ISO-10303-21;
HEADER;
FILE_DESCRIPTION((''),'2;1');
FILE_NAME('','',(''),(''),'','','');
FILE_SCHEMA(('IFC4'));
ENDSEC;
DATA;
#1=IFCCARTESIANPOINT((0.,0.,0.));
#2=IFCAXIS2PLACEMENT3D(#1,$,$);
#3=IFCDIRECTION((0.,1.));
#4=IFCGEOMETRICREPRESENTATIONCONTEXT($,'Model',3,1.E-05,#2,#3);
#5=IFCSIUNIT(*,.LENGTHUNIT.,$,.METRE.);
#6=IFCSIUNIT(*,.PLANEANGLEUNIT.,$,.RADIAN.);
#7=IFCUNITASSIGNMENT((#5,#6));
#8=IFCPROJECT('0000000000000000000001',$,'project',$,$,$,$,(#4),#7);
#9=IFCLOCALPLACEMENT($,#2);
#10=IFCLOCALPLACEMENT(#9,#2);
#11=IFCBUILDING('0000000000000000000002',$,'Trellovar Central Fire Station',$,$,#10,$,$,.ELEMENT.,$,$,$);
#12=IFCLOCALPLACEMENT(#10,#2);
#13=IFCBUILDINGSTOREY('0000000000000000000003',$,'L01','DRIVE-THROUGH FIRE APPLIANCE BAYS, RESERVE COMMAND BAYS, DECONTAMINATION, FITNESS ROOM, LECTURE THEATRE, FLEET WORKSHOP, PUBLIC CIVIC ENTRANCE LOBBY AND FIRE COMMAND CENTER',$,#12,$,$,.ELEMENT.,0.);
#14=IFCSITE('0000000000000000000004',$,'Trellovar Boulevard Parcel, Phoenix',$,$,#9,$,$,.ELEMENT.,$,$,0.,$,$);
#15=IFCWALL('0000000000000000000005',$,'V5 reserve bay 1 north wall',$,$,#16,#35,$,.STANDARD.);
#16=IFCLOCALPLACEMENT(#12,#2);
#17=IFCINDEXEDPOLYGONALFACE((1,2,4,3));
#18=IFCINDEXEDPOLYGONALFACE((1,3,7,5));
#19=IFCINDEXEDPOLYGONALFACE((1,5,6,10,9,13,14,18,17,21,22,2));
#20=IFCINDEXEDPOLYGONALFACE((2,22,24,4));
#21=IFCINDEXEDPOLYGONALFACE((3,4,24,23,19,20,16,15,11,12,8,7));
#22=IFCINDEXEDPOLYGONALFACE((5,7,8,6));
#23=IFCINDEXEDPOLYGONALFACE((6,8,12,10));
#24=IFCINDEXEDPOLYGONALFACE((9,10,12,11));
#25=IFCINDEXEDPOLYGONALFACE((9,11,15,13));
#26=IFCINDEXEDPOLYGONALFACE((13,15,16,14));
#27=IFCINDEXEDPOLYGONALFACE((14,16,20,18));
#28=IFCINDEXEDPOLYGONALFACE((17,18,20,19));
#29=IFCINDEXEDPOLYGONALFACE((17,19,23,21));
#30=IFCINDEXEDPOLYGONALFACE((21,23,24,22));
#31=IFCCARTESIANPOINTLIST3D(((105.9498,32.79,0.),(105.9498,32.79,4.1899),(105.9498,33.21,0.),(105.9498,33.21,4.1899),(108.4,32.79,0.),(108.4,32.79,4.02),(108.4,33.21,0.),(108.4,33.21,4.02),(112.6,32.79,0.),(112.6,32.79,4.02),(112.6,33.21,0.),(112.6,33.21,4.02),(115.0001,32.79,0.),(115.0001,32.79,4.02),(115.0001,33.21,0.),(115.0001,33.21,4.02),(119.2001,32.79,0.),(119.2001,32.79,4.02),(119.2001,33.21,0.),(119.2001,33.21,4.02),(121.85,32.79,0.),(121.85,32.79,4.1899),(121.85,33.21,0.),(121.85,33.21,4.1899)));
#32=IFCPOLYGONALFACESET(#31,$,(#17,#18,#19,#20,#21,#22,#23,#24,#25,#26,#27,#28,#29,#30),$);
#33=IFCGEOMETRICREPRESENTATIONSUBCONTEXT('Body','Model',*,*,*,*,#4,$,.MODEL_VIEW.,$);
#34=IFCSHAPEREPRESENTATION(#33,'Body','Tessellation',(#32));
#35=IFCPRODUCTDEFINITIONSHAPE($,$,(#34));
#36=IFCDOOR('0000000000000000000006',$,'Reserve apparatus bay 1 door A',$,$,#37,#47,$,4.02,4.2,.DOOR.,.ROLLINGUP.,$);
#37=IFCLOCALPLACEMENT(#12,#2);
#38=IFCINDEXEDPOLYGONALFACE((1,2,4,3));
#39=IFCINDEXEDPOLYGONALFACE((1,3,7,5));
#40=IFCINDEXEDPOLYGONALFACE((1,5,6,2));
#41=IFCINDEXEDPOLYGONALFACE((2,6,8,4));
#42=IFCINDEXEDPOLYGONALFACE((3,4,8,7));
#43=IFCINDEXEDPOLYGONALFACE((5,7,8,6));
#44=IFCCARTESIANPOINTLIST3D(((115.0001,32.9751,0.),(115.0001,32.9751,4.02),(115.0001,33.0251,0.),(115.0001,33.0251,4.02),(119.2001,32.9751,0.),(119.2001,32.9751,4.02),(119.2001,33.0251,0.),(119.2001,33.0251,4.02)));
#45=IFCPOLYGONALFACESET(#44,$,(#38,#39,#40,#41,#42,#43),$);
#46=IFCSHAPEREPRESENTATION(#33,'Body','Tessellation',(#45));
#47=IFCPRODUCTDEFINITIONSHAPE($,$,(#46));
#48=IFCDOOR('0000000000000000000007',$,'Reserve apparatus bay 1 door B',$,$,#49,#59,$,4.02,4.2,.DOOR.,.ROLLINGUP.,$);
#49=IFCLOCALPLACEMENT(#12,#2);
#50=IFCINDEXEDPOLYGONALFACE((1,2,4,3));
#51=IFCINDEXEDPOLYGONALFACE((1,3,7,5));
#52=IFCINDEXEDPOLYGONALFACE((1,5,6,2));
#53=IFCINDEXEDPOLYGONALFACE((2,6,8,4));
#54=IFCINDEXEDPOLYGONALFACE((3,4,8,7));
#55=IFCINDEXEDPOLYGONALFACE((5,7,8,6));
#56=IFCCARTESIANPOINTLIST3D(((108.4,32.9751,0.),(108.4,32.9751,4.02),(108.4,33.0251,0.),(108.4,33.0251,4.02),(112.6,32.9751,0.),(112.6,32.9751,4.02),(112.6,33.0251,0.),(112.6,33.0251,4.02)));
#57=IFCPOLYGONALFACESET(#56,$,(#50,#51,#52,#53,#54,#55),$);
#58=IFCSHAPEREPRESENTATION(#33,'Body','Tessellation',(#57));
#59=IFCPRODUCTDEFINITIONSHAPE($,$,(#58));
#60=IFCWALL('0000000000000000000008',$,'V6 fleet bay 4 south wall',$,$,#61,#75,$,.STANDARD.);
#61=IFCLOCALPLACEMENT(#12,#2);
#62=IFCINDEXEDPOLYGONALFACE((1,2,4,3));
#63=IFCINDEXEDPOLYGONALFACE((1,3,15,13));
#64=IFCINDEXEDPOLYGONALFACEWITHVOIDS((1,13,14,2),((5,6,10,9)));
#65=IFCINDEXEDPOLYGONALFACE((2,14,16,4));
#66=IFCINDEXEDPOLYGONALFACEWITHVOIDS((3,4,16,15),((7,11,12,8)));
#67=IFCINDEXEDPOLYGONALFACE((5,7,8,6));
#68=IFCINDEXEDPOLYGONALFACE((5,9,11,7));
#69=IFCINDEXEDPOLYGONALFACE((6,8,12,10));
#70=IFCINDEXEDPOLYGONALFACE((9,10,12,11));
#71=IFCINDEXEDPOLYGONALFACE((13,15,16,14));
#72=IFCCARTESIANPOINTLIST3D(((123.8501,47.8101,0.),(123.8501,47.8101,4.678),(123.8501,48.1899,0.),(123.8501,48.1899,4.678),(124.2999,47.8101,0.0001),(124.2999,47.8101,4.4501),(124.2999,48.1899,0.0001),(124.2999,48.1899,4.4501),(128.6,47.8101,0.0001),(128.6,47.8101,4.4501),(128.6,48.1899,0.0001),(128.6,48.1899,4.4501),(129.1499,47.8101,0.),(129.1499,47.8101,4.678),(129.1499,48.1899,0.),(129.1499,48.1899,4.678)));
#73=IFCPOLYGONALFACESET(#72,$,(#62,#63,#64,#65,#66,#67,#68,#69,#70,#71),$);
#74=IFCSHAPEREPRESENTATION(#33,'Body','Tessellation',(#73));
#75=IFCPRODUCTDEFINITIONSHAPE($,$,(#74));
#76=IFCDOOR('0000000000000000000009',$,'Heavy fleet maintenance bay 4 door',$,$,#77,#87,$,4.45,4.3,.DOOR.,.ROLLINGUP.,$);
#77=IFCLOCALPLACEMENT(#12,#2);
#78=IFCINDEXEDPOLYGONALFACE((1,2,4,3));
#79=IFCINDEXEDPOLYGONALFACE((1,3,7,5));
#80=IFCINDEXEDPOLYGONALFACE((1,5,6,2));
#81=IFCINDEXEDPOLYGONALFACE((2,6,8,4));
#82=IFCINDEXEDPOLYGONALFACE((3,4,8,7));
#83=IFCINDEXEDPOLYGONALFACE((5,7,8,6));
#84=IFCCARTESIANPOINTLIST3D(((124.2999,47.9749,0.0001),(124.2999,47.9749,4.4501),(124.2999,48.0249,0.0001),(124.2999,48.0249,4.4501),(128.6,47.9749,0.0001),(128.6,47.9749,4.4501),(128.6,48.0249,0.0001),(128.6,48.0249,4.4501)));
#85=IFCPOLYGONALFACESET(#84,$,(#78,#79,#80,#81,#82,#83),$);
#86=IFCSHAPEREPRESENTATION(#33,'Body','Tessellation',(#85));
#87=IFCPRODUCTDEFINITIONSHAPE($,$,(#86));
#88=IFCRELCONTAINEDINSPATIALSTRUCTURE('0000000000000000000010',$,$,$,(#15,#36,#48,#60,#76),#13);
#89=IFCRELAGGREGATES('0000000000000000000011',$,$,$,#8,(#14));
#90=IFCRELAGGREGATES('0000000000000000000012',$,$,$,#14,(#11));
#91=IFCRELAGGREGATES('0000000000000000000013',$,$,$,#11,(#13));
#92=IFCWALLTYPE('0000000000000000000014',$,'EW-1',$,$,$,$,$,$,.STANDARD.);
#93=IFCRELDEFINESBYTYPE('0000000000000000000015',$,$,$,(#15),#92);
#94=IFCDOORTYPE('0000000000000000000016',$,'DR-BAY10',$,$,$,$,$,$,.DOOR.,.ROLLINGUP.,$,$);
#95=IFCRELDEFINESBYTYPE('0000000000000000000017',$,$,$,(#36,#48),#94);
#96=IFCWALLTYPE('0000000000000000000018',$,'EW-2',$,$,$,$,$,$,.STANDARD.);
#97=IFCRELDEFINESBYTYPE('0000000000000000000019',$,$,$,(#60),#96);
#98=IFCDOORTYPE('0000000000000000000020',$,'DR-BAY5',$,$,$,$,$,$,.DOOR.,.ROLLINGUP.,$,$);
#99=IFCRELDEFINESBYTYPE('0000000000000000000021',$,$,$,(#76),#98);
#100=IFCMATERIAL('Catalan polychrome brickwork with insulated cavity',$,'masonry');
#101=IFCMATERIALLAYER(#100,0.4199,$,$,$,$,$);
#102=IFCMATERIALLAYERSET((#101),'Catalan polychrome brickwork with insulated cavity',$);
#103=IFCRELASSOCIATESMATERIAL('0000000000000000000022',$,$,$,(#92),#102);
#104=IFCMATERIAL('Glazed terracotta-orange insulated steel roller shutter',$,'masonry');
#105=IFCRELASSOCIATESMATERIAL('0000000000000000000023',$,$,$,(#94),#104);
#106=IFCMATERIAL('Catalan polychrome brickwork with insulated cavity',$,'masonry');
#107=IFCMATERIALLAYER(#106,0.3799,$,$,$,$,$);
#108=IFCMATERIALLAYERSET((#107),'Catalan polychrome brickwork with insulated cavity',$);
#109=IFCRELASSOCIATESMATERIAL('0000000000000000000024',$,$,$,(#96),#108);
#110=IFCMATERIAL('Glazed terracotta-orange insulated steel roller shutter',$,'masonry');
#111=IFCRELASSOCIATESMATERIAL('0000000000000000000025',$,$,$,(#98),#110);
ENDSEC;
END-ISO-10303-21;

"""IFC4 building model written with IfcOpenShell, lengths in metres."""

from ifc_helpers import new_model, si_unit, direction, frame, frame_2d, origin, place, context, subcontext, project, spatial, rectangle, extrude, material, layer, layer_set, type_object, element, fill, save


model = new_model("IFC4")

# Units and contexts
model_context = context("Model", 3, precision=1e-05, world=origin(), true_north=direction((0.0, 1.0)))
body_context = subcontext(model_context, "Body", "Model", "MODEL_VIEW")
ifc_project = project(units=[si_unit("LENGTHUNIT", "METRE"), si_unit("PLANEANGLEUNIT", "RADIAN")], contexts=[model_context])

# Site, building, storey
site_placement = place(None, origin())
site = spatial("IfcSite", under=ifc_project, at=site_placement, Name="Trellovar Boulevard Parcel, Phoenix", CompositionType="ELEMENT", RefElevation=0.0)
building_placement = place(site_placement, origin())
building = spatial("IfcBuilding", under=site, at=building_placement, Name="Trellovar Central Fire Station", CompositionType="ELEMENT")
storey_placement = place(building_placement, origin())
storey = spatial("IfcBuildingStorey", under=building, at=storey_placement, Name="L01", Description="DRIVE-THROUGH FIRE APPLIANCE BAYS, RESERVE COMMAND BAYS, DECONTAMINATION, FITNESS ROOM, LECTURE THEATRE, FLEET WORKSHOP, PUBLIC CIVIC ENTRANCE LOBBY AND FIRE COMMAND CENTER", CompositionType="ELEMENT", Elevation=0.0)

# Wall, openings, doors
ifc_material_1 = material(Name="Catalan polychrome brickwork with insulated cavity", Category="masonry")
ifc_layer_1 = layer(ifc_material_1, 0.4199)
ifc_layer_set_1 = layer_set([ifc_layer_1], Name="Catalan polychrome brickwork with insulated cavity")
wall_type_1 = type_object("IfcWallType", Name="EW-1", PredefinedType="STANDARD", material=ifc_layer_set_1)
wall_1_placement = place(storey_placement, frame((121.8501, 33.0, 0.0), z_axis=(0.0, 0.0, 1.0), x_axis=(-1.0, 0.0, 0.0)))
wall_1 = element("IfcWall", 1, at=wall_1_placement, inside=storey, type_object=wall_type_1, Name="V5 reserve bay 1 north wall", PredefinedType="STANDARD", context=body_context, shape_type="SweptSolid", body=[
    extrude(rectangle(XDim=15.9001, YDim=0.4199, at=frame_2d((7.9502, 0.0))), origin(), (0.0, 0.0, 1.0), 4.1899),
])
opening_1_placement = place(wall_1_placement, frame((2.6499, 0.0, 0.0)))
opening_1 = element("IfcOpeningElement", 2, at=opening_1_placement, cuts=wall_1, PredefinedType="OPENING", context=body_context, shape_type="SweptSolid", body=[
    extrude(rectangle(XDim=4.2, YDim=4.02, at=frame_2d((2.1001, 2.01))), frame((0.0, 0.22, 0.0), z_axis=(0.0, -1.0, 0.0), x_axis=(1.0, 0.0, 0.0)), (0.0, 0.0, 1.0), 0.4399),
])
opening_2_placement = place(wall_1_placement, frame((9.25, 0.0, 0.0)))
opening_2 = element("IfcOpeningElement", 3, at=opening_2_placement, cuts=wall_1, PredefinedType="OPENING", context=body_context, shape_type="SweptSolid", body=[
    extrude(rectangle(XDim=4.2, YDim=4.02, at=frame_2d((2.1001, 2.01))), frame((0.0, 0.22, 0.0), z_axis=(0.0, -1.0, 0.0), x_axis=(1.0, 0.0, 0.0)), (0.0, 0.0, 1.0), 0.4399),
])
ifc_material_2 = material(Name="Glazed terracotta-orange insulated steel roller shutter", Category="masonry")
door_type_1 = type_object("IfcDoorType", Name="DR-BAY10", OperationType="ROLLINGUP", PredefinedType="DOOR", material=ifc_material_2)
door_1_placement = place(opening_1_placement, origin())
door_1 = element("IfcDoor", 4, at=door_1_placement, inside=storey, type_object=door_type_1, Name="Reserve apparatus bay 1 door A", OperationType="ROLLINGUP", OverallHeight=4.02, OverallWidth=4.2, PredefinedType="DOOR", context=body_context, shape_type="SweptSolid", body=[
    extrude(rectangle(XDim=4.2, YDim=4.02, at=frame_2d((2.1001, 2.01))), frame((0.0, 0.0249, 0.0), z_axis=(0.0, -1.0, 0.0), x_axis=(1.0, 0.0, 0.0)), (0.0, 0.0, 1.0), 0.05),
])
fill(opening_1, door_1)
door_2_placement = place(opening_2_placement, origin())
door_2 = element("IfcDoor", 5, at=door_2_placement, inside=storey, type_object=door_type_1, Name="Reserve apparatus bay 1 door B", OperationType="ROLLINGUP", OverallHeight=4.02, OverallWidth=4.2, PredefinedType="DOOR", context=body_context, shape_type="SweptSolid", body=[
    extrude(rectangle(XDim=4.2, YDim=4.02, at=frame_2d((2.1001, 2.01))), frame((0.0, 0.0249, 0.0), z_axis=(0.0, -1.0, 0.0), x_axis=(1.0, 0.0, 0.0)), (0.0, 0.0, 1.0), 0.05),
])
fill(opening_2, door_2)

# Wall, opening, door
ifc_material_3 = material(Name="Catalan polychrome brickwork with insulated cavity", Category="masonry")
ifc_layer_2 = layer(ifc_material_3, 0.3799)
ifc_layer_set_2 = layer_set([ifc_layer_2], Name="Catalan polychrome brickwork with insulated cavity")
wall_type_2 = type_object("IfcWallType", Name="EW-2", PredefinedType="STANDARD", material=ifc_layer_set_2)
wall_2_placement = place(storey_placement, frame((123.8501, 48.0, 0.0), z_axis=(0.0, 0.0, 1.0), x_axis=(1.0, 0.0, 0.0)))
wall_2 = element("IfcWall", 6, at=wall_2_placement, inside=storey, type_object=wall_type_2, Name="V6 fleet bay 4 south wall", PredefinedType="STANDARD", context=body_context, shape_type="SweptSolid", body=[
    extrude(rectangle(XDim=5.2998, YDim=0.3799, at=frame_2d((2.6499, 0.0))), origin(), (0.0, 0.0, 1.0), 4.678),
])
opening_3_placement = place(wall_2_placement, frame((0.45, 0.0, 0.0)))
opening_3 = element("IfcOpeningElement", 7, at=opening_3_placement, cuts=wall_2, PredefinedType="OPENING", context=body_context, shape_type="SweptSolid", body=[
    extrude(rectangle(XDim=4.3, YDim=4.45, at=frame_2d((2.1499, 2.2251))), frame((0.0, 0.2, 0.0), z_axis=(0.0, -1.0, 0.0), x_axis=(1.0, 0.0, 0.0)), (0.0, 0.0, 1.0), 0.3999),
])
ifc_material_4 = material(Name="Glazed terracotta-orange insulated steel roller shutter", Category="masonry")
door_type_2 = type_object("IfcDoorType", Name="DR-BAY5", OperationType="ROLLINGUP", PredefinedType="DOOR", material=ifc_material_4)
door_3_placement = place(opening_3_placement, origin())
door_3 = element("IfcDoor", 8, at=door_3_placement, inside=storey, type_object=door_type_2, Name="Heavy fleet maintenance bay 4 door", OperationType="ROLLINGUP", OverallHeight=4.45, OverallWidth=4.3, PredefinedType="DOOR", context=body_context, shape_type="SweptSolid", body=[
    extrude(rectangle(XDim=4.3, YDim=4.45, at=frame_2d((2.1499, 2.2251))), frame((0.0, 0.0249, 0.0), z_axis=(0.0, -1.0, 0.0), x_axis=(1.0, 0.0, 0.0)), (0.0, 0.0, 1.0), 0.05),
])
fill(opening_3, door_3)

save(model, "model.ifc")
